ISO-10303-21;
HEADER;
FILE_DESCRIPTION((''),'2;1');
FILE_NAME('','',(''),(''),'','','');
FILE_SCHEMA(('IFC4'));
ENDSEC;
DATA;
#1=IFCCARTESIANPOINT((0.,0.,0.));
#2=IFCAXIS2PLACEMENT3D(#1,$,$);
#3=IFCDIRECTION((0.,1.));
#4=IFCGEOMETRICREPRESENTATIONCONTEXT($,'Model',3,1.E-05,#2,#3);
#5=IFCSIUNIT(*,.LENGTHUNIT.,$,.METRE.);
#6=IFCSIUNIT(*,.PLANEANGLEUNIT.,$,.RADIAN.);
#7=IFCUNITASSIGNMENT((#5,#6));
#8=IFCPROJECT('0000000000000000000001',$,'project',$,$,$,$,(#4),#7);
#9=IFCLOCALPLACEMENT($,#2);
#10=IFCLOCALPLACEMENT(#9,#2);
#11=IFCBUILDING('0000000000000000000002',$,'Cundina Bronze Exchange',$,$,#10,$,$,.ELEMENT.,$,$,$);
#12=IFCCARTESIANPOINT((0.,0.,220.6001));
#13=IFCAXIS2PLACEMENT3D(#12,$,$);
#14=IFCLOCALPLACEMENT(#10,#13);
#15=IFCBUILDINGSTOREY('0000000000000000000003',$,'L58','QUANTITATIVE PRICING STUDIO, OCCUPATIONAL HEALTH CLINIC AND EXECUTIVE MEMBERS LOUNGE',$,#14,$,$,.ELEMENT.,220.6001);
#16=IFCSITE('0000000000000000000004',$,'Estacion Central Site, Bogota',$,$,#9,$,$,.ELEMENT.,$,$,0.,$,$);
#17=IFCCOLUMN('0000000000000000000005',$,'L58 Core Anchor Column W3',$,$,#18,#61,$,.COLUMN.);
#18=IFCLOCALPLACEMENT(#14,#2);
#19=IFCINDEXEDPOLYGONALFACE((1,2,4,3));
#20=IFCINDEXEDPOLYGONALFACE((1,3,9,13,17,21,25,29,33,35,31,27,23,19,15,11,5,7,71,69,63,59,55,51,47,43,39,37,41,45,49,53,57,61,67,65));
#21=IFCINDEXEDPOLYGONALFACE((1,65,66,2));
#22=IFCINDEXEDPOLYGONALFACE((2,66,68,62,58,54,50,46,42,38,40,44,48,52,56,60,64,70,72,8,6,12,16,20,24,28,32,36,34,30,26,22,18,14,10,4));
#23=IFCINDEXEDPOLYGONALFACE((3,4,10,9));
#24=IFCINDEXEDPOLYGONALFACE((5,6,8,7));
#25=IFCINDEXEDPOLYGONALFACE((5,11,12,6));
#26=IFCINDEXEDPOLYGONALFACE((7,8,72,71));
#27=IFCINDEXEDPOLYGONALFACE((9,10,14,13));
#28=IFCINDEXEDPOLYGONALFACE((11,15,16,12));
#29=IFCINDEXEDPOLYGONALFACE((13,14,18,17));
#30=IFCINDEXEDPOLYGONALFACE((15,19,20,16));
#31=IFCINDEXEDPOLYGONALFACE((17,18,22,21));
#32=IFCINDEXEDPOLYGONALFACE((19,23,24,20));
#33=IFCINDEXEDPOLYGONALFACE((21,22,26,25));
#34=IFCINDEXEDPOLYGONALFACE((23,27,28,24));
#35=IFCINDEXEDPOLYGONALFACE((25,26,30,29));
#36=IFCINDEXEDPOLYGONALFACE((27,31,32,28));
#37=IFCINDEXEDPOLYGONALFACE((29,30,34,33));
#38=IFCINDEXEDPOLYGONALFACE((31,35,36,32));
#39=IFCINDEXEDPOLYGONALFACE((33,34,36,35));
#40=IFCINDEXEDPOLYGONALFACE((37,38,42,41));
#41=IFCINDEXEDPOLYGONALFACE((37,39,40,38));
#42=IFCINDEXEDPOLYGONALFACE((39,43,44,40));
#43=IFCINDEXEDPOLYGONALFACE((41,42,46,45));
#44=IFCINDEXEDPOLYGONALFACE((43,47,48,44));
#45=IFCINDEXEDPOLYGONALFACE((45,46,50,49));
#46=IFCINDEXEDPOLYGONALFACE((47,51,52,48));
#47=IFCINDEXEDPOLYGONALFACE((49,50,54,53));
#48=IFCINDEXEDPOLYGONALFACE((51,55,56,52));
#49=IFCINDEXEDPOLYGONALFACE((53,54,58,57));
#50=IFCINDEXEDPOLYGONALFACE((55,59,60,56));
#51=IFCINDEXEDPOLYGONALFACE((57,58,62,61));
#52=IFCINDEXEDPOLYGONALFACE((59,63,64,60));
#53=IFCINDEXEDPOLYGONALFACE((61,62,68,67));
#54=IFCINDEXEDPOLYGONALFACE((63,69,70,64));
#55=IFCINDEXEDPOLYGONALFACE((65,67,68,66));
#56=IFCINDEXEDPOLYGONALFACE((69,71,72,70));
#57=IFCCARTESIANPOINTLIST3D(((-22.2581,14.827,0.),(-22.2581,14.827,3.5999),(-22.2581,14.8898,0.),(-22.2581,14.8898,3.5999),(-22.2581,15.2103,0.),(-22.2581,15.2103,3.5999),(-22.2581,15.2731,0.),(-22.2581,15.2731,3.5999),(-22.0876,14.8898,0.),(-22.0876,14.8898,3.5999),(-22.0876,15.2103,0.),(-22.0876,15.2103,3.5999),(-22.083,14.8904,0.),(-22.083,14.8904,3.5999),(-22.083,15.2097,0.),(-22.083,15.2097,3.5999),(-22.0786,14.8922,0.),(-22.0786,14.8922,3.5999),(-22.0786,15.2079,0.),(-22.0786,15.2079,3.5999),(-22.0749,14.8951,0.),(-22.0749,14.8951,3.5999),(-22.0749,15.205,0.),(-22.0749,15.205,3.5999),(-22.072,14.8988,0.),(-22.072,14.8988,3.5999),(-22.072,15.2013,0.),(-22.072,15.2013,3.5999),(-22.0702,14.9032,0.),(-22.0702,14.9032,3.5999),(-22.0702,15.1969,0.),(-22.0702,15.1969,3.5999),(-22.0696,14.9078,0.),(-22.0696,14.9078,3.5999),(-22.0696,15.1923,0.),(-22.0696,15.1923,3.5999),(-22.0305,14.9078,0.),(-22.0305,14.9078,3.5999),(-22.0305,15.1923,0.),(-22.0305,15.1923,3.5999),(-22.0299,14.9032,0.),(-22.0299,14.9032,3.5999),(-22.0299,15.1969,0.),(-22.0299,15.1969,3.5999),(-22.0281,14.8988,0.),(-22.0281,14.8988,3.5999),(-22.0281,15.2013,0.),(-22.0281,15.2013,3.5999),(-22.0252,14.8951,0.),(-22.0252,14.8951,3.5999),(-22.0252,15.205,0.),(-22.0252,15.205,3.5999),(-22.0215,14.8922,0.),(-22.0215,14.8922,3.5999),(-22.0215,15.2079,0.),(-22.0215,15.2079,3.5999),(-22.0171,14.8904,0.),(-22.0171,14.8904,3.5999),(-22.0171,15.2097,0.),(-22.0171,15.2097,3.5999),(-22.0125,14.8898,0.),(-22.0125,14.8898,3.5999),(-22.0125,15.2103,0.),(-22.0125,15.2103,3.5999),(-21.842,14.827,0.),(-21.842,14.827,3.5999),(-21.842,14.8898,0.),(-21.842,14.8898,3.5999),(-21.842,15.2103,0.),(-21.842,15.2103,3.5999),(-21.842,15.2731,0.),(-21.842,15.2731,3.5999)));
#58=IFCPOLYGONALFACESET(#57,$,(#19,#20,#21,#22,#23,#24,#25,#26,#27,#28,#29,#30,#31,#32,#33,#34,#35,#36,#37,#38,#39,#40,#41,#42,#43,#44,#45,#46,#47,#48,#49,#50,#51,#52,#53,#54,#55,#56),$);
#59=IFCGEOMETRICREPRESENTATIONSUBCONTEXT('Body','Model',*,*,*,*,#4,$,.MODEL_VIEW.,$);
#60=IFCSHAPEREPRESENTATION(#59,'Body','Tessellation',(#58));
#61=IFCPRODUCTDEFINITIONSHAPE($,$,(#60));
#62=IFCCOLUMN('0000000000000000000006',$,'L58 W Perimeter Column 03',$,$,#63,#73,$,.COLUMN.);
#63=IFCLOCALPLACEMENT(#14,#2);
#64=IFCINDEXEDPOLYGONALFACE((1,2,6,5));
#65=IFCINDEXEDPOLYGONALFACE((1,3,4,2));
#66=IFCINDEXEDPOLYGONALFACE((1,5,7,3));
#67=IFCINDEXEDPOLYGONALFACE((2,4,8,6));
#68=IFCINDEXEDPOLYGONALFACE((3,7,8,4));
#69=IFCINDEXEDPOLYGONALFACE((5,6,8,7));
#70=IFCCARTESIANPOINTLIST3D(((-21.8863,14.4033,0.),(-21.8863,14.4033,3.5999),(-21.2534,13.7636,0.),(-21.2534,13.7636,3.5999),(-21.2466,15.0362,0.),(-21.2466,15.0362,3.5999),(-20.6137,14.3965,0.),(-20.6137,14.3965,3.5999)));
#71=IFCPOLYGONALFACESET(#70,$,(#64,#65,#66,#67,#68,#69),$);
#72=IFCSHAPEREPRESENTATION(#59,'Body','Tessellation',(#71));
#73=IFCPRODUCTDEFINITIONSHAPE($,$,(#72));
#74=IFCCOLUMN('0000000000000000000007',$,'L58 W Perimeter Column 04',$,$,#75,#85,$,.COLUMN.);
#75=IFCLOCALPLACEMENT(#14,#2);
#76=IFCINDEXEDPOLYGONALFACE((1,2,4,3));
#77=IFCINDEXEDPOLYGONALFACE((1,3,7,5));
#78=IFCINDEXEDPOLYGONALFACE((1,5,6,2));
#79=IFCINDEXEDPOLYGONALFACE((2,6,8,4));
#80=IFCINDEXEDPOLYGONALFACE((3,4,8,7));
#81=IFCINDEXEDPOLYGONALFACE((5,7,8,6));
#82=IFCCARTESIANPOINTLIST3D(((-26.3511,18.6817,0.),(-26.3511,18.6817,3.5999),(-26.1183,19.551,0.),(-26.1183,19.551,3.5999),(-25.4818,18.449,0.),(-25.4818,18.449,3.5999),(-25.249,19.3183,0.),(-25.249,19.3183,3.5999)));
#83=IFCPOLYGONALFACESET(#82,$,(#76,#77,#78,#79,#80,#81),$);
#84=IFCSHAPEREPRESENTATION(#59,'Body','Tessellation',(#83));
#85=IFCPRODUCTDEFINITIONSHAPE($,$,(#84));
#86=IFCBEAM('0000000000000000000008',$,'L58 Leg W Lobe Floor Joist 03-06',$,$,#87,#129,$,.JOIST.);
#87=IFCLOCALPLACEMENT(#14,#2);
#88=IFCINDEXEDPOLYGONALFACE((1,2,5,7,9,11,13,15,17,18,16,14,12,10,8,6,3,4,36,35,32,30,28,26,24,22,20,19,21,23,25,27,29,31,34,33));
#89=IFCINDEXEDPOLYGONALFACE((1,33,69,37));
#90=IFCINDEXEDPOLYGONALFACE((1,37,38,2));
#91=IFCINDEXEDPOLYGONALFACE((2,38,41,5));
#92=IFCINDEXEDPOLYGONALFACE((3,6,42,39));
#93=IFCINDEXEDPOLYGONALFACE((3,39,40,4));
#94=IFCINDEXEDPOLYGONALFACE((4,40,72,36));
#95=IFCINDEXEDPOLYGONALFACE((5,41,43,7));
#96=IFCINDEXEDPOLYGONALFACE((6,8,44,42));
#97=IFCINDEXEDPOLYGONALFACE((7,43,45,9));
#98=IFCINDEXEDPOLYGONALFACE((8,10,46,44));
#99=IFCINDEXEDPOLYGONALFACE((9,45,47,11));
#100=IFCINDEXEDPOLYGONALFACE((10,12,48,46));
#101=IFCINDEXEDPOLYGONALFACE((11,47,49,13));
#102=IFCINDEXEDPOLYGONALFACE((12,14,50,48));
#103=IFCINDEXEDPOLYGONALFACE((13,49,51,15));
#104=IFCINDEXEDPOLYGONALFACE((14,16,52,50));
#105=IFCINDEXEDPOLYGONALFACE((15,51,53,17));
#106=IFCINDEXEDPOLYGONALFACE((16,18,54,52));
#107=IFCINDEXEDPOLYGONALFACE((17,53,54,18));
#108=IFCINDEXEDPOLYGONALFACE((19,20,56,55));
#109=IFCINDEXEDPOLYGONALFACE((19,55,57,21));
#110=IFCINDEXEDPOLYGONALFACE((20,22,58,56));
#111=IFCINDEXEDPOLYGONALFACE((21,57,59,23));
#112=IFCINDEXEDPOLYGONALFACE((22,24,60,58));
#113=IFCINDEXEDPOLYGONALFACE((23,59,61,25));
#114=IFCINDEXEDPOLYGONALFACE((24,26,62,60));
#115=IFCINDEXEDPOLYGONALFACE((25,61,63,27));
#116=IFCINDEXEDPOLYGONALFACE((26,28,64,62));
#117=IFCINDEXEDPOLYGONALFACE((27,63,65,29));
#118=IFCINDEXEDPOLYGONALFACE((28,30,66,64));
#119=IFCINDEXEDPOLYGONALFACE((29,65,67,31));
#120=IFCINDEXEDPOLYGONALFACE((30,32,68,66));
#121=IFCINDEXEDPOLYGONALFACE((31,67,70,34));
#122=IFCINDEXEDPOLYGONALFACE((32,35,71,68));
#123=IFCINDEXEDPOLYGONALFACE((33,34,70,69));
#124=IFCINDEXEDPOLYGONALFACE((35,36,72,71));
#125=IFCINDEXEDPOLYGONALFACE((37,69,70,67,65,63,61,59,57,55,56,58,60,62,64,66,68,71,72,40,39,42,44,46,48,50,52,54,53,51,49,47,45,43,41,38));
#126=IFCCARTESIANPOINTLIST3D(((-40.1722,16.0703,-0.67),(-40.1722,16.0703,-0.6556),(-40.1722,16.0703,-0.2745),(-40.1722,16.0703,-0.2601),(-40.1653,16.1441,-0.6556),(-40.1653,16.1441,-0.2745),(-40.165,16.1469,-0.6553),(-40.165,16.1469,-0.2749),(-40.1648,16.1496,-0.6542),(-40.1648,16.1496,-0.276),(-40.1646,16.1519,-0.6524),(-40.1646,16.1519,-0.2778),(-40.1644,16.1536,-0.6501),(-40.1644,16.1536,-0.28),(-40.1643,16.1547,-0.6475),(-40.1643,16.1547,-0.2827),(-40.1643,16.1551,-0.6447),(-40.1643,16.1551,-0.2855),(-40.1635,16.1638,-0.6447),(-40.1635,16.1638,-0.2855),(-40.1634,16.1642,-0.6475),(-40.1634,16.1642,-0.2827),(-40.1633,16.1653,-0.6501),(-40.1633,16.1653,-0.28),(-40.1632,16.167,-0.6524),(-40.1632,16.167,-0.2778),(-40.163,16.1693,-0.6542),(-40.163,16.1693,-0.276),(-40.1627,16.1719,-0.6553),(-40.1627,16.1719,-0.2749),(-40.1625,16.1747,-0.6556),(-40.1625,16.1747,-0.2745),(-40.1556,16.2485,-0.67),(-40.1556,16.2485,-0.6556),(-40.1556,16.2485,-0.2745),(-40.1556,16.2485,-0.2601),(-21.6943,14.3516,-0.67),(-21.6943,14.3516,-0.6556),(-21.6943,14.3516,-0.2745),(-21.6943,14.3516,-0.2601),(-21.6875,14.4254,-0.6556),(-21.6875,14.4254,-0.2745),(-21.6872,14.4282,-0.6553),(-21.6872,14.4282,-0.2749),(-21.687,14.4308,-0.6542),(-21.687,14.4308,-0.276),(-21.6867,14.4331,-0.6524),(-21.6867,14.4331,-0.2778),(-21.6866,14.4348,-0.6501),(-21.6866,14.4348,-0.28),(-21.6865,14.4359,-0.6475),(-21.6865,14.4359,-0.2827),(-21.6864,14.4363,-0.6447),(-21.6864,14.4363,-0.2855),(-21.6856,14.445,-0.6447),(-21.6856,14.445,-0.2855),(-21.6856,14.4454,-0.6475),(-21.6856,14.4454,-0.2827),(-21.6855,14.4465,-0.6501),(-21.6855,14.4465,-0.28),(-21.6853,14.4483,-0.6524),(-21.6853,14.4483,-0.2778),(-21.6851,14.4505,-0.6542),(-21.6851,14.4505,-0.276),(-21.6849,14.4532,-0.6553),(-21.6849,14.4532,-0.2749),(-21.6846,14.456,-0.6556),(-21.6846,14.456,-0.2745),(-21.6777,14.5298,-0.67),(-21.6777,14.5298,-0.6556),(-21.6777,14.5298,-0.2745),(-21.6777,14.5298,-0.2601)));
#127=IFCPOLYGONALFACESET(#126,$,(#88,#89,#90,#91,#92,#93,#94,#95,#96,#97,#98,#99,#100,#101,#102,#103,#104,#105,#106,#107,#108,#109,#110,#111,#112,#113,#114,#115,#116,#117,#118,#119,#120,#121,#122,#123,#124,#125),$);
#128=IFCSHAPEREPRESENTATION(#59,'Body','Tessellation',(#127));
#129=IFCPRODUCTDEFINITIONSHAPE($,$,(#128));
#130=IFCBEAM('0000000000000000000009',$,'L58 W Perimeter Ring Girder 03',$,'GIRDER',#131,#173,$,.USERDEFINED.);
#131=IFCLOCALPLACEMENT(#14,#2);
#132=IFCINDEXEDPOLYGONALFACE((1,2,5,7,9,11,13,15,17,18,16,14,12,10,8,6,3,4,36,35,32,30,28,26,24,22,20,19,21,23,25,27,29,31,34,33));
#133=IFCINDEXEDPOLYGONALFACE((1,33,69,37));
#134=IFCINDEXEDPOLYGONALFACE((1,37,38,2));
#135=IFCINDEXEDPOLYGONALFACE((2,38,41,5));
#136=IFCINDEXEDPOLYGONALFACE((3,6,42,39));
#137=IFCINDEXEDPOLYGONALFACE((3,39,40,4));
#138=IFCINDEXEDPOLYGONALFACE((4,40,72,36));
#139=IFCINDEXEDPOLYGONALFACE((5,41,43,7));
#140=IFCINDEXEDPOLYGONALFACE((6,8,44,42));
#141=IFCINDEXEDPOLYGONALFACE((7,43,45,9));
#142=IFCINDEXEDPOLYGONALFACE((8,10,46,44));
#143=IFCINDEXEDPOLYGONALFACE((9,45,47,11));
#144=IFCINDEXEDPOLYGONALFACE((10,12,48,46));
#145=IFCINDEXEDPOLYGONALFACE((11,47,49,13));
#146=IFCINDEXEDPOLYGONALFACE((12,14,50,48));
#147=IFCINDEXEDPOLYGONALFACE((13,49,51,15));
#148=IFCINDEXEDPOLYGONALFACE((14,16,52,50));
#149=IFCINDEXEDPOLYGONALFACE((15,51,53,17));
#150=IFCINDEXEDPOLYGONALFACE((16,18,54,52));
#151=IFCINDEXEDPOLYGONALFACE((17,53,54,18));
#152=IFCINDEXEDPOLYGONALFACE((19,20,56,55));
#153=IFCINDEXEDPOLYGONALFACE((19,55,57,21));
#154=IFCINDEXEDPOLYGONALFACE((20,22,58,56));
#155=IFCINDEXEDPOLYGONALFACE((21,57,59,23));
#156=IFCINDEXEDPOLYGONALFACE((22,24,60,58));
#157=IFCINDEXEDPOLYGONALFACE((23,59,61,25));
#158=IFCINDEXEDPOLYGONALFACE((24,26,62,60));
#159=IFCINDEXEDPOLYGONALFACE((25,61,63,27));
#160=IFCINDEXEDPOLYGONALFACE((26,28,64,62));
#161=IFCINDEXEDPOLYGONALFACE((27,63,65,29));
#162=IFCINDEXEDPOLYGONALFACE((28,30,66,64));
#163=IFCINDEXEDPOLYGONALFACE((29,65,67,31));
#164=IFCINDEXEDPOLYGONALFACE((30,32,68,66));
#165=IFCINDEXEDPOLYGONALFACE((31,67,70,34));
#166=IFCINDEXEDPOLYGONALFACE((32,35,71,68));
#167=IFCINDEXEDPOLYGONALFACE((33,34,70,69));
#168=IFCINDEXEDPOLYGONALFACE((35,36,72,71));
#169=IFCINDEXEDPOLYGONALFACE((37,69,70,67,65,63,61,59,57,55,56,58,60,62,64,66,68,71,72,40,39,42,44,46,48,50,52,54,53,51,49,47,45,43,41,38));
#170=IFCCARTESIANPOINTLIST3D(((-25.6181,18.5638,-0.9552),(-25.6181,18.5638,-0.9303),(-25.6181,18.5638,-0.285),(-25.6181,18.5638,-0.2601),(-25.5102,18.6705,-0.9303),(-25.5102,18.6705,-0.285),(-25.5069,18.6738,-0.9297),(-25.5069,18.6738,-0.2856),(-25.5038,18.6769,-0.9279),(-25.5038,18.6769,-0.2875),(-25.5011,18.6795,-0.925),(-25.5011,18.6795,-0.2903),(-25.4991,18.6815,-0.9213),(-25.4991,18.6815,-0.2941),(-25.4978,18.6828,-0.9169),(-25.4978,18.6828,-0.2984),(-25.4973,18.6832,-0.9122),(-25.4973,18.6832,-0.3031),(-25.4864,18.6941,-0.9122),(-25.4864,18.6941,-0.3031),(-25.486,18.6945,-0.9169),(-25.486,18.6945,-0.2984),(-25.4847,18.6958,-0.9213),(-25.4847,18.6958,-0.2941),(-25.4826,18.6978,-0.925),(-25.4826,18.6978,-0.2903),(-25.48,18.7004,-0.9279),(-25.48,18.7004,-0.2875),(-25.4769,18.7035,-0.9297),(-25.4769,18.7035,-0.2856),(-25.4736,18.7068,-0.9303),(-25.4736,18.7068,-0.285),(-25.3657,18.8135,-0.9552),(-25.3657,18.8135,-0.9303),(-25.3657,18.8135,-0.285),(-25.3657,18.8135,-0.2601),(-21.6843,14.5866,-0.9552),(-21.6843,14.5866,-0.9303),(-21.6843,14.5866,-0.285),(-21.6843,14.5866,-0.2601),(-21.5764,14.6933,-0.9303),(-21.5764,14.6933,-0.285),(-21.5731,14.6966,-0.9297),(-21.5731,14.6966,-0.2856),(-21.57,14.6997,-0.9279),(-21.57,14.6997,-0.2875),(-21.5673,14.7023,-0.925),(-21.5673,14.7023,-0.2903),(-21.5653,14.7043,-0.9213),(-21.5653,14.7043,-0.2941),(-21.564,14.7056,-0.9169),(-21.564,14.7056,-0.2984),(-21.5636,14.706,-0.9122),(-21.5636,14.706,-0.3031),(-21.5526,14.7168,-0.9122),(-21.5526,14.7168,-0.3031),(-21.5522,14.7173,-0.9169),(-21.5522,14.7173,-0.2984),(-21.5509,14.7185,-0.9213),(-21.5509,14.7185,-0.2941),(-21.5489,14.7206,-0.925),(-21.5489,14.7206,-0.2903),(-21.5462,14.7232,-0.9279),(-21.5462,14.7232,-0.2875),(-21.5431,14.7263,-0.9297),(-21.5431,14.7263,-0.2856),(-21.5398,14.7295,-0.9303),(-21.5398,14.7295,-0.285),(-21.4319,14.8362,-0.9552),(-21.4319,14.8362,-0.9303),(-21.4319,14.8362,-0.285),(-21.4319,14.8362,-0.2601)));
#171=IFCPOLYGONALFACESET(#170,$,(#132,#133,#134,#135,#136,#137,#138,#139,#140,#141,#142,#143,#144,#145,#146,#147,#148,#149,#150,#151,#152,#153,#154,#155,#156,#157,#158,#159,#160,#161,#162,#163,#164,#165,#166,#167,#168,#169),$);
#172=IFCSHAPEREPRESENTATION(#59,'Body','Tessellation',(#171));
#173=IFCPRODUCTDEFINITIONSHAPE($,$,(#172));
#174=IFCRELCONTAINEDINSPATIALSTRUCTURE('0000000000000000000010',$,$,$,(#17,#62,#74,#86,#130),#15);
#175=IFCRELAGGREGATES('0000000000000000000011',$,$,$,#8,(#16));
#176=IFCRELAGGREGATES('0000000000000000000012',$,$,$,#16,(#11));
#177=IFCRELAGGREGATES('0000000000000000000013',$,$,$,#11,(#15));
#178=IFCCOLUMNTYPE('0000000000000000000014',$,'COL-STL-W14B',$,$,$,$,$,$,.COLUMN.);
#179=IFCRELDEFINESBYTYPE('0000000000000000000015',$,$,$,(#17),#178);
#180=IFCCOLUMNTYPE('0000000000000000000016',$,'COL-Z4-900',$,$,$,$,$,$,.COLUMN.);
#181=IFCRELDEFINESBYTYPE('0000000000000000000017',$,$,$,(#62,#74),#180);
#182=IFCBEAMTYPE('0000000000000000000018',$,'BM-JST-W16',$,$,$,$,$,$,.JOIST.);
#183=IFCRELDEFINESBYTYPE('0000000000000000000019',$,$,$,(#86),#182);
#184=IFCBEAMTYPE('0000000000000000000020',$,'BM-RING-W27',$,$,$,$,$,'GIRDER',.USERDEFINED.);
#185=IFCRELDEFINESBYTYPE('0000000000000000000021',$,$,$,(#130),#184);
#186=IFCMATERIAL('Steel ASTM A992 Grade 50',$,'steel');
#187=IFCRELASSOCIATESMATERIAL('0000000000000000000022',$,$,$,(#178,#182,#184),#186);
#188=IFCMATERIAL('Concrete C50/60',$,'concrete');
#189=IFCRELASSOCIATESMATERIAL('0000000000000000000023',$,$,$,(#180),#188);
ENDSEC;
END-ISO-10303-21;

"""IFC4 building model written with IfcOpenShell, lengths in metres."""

from ifc_helpers import new_model, si_unit, direction, frame, origin, origin_2d, place, context, subcontext, project, spatial, rectangle, i_section, extrude, material, material_profile, profile_set, type_object, element, save


model = new_model("IFC4")

# Units and contexts
model_context = context("Model", 3, precision=1e-05, world=origin(), true_north=direction((0.0, 1.0)))
body_context = subcontext(model_context, "Body", "Model", "MODEL_VIEW")
ifc_project = project(units=[si_unit("LENGTHUNIT", "METRE"), si_unit("PLANEANGLEUNIT", "RADIAN")], contexts=[model_context])

# Site, building, storey
site_placement = place(None, origin())
site = spatial("IfcSite", under=ifc_project, at=site_placement, Name="Estacion Central Site, Bogota", CompositionType="ELEMENT", RefElevation=0.0)
building_placement = place(site_placement, origin())
building = spatial("IfcBuilding", under=site, at=building_placement, Name="Cundina Bronze Exchange", CompositionType="ELEMENT")
storey_placement = place(building_placement, frame((0.0, 0.0, 220.6001)))
storey = spatial("IfcBuildingStorey", under=building, at=storey_placement, Name="L58", Description="QUANTITATIVE PRICING STUDIO, OCCUPATIONAL HEALTH CLINIC AND EXECUTIVE MEMBERS LOUNGE", CompositionType="ELEMENT", Elevation=220.6001)

# Columns
ifc_material_1 = material(Name="Steel ASTM A992 Grade 50", Category="steel")
ifc_material_profile_1 = material_profile(ifc_material_1, i_section(OverallWidth=0.416, OverallDepth=0.446, WebThickness=0.0391, FlangeThickness=0.0627, FilletRadius=0.0181, at=origin_2d()), Name="W14X342", Category="steel")
ifc_profile_set_1 = profile_set([ifc_material_profile_1], Name="Steel ASTM A992 Grade 50")
column_type_1 = type_object("IfcColumnType", Name="COL-STL-W14B", PredefinedType="COLUMN", material=ifc_profile_set_1)
column_placement = place(storey_placement, frame((-22.05, 15.05, 0.0), z_axis=(0.0, 0.0, 1.0), x_axis=(1.0, 0.0, 0.0)))
element("IfcColumn", 1, at=column_placement, inside=storey, type_object=column_type_1, Name="L58 Core Anchor Column W3", PredefinedType="COLUMN", context=body_context, shape_type="SweptSolid", body=[
    extrude(i_section(OverallWidth=0.416, OverallDepth=0.446, WebThickness=0.0391, FlangeThickness=0.0627, FilletRadius=0.0181, at=origin_2d()), origin(), (0.0, 0.0, 1.0), 3.5999),
])
ifc_material_2 = material(Name="Concrete C50/60", Category="concrete")
ifc_material_profile_2 = material_profile(ifc_material_2, rectangle(XDim=0.8999, YDim=0.8999, at=origin_2d()), Name="RC900X900", Category="concrete")
ifc_profile_set_2 = profile_set([ifc_material_profile_2], Name="Concrete C50/60")
column_type_2 = type_object("IfcColumnType", Name="COL-Z4-900", PredefinedType="COLUMN", material=ifc_profile_set_2)
for number, where, z_axis, x_axis, name in (
    (2, (-21.25, 14.3999, 0.0), (0.0, 0.0, 1.0), (-0.703271, 0.710922, 0.0), "L58 W Perimeter Column 03"),
    (3, (-25.8, 19.0, 0.0), (0.0, 0.0, 1.0), (-0.965971, 0.25865, 0.0), "L58 W Perimeter Column 04"),
):
    element("IfcColumn", number, at=place(storey_placement, frame(where, z_axis=z_axis, x_axis=x_axis)), inside=storey, type_object=column_type_2, Name=name, PredefinedType="COLUMN", context=body_context, shape_type="SweptSolid", body=[
        extrude(rectangle(XDim=0.8999, YDim=0.8999, at=origin_2d()), origin(), (0.0, 0.0, 1.0), 3.5999),
    ])

# Beams
ifc_material_profile_3 = material_profile(ifc_material_1, i_section(OverallWidth=0.179, OverallDepth=0.4099, WebThickness=0.0088, FlangeThickness=0.0144, FilletRadius=0.011, at=origin_2d()), Name="W16X45", Category="steel")
ifc_profile_set_3 = profile_set([ifc_material_profile_3], Name="Steel ASTM A992 Grade 50")
beam_type_1 = type_object("IfcBeamType", Name="BM-JST-W16", PredefinedType="JOIST", material=ifc_profile_set_3)
beam_1_placement = place(storey_placement, frame((-21.686, 14.4407, -0.4651), z_axis=(-0.995702, 0.092617, 0.0), x_axis=(-0.092617, -0.995702, 0.0)))
element("IfcBeam", 4, at=beam_1_placement, inside=storey, type_object=beam_type_1, Name="L58 Leg W Lobe Floor Joist 03-06", PredefinedType="JOIST", context=body_context, shape_type="SweptSolid", body=[
    extrude(i_section(OverallWidth=0.179, OverallDepth=0.4099, WebThickness=0.0088, FlangeThickness=0.0144, FilletRadius=0.011, at=origin_2d()), origin(), (0.0, 0.0, 1.0), 18.5576),
])
ifc_material_profile_4 = material_profile(ifc_material_1, i_section(OverallWidth=0.355, OverallDepth=0.6951, WebThickness=0.0154, FlangeThickness=0.0249, FilletRadius=0.0181, at=origin_2d()), Name="W27X146", Category="steel")
ifc_profile_set_4 = profile_set([ifc_material_profile_4], Name="Steel ASTM A992 Grade 50")
beam_type_2 = type_object("IfcBeamType", Name="BM-RING-W27", ElementType="GIRDER", PredefinedType="USERDEFINED", material=ifc_profile_set_4)
beam_2_placement = place(storey_placement, frame((-21.5581, 14.7114, -0.6077), z_axis=(-0.703212, 0.71098, 0.0), x_axis=(-0.71098, -0.703212, 0.0)))
element("IfcBeam", 5, at=beam_2_placement, inside=storey, type_object=beam_type_2, Name="L58 W Perimeter Ring Girder 03", ObjectType="GIRDER", PredefinedType="USERDEFINED", context=body_context, shape_type="SweptSolid", body=[
    extrude(i_section(OverallWidth=0.355, OverallDepth=0.6951, WebThickness=0.0154, FlangeThickness=0.0249, FilletRadius=0.0181, at=origin_2d()), origin(), (0.0, 0.0, 1.0), 5.594),
])

save(model, "model.ifc")
